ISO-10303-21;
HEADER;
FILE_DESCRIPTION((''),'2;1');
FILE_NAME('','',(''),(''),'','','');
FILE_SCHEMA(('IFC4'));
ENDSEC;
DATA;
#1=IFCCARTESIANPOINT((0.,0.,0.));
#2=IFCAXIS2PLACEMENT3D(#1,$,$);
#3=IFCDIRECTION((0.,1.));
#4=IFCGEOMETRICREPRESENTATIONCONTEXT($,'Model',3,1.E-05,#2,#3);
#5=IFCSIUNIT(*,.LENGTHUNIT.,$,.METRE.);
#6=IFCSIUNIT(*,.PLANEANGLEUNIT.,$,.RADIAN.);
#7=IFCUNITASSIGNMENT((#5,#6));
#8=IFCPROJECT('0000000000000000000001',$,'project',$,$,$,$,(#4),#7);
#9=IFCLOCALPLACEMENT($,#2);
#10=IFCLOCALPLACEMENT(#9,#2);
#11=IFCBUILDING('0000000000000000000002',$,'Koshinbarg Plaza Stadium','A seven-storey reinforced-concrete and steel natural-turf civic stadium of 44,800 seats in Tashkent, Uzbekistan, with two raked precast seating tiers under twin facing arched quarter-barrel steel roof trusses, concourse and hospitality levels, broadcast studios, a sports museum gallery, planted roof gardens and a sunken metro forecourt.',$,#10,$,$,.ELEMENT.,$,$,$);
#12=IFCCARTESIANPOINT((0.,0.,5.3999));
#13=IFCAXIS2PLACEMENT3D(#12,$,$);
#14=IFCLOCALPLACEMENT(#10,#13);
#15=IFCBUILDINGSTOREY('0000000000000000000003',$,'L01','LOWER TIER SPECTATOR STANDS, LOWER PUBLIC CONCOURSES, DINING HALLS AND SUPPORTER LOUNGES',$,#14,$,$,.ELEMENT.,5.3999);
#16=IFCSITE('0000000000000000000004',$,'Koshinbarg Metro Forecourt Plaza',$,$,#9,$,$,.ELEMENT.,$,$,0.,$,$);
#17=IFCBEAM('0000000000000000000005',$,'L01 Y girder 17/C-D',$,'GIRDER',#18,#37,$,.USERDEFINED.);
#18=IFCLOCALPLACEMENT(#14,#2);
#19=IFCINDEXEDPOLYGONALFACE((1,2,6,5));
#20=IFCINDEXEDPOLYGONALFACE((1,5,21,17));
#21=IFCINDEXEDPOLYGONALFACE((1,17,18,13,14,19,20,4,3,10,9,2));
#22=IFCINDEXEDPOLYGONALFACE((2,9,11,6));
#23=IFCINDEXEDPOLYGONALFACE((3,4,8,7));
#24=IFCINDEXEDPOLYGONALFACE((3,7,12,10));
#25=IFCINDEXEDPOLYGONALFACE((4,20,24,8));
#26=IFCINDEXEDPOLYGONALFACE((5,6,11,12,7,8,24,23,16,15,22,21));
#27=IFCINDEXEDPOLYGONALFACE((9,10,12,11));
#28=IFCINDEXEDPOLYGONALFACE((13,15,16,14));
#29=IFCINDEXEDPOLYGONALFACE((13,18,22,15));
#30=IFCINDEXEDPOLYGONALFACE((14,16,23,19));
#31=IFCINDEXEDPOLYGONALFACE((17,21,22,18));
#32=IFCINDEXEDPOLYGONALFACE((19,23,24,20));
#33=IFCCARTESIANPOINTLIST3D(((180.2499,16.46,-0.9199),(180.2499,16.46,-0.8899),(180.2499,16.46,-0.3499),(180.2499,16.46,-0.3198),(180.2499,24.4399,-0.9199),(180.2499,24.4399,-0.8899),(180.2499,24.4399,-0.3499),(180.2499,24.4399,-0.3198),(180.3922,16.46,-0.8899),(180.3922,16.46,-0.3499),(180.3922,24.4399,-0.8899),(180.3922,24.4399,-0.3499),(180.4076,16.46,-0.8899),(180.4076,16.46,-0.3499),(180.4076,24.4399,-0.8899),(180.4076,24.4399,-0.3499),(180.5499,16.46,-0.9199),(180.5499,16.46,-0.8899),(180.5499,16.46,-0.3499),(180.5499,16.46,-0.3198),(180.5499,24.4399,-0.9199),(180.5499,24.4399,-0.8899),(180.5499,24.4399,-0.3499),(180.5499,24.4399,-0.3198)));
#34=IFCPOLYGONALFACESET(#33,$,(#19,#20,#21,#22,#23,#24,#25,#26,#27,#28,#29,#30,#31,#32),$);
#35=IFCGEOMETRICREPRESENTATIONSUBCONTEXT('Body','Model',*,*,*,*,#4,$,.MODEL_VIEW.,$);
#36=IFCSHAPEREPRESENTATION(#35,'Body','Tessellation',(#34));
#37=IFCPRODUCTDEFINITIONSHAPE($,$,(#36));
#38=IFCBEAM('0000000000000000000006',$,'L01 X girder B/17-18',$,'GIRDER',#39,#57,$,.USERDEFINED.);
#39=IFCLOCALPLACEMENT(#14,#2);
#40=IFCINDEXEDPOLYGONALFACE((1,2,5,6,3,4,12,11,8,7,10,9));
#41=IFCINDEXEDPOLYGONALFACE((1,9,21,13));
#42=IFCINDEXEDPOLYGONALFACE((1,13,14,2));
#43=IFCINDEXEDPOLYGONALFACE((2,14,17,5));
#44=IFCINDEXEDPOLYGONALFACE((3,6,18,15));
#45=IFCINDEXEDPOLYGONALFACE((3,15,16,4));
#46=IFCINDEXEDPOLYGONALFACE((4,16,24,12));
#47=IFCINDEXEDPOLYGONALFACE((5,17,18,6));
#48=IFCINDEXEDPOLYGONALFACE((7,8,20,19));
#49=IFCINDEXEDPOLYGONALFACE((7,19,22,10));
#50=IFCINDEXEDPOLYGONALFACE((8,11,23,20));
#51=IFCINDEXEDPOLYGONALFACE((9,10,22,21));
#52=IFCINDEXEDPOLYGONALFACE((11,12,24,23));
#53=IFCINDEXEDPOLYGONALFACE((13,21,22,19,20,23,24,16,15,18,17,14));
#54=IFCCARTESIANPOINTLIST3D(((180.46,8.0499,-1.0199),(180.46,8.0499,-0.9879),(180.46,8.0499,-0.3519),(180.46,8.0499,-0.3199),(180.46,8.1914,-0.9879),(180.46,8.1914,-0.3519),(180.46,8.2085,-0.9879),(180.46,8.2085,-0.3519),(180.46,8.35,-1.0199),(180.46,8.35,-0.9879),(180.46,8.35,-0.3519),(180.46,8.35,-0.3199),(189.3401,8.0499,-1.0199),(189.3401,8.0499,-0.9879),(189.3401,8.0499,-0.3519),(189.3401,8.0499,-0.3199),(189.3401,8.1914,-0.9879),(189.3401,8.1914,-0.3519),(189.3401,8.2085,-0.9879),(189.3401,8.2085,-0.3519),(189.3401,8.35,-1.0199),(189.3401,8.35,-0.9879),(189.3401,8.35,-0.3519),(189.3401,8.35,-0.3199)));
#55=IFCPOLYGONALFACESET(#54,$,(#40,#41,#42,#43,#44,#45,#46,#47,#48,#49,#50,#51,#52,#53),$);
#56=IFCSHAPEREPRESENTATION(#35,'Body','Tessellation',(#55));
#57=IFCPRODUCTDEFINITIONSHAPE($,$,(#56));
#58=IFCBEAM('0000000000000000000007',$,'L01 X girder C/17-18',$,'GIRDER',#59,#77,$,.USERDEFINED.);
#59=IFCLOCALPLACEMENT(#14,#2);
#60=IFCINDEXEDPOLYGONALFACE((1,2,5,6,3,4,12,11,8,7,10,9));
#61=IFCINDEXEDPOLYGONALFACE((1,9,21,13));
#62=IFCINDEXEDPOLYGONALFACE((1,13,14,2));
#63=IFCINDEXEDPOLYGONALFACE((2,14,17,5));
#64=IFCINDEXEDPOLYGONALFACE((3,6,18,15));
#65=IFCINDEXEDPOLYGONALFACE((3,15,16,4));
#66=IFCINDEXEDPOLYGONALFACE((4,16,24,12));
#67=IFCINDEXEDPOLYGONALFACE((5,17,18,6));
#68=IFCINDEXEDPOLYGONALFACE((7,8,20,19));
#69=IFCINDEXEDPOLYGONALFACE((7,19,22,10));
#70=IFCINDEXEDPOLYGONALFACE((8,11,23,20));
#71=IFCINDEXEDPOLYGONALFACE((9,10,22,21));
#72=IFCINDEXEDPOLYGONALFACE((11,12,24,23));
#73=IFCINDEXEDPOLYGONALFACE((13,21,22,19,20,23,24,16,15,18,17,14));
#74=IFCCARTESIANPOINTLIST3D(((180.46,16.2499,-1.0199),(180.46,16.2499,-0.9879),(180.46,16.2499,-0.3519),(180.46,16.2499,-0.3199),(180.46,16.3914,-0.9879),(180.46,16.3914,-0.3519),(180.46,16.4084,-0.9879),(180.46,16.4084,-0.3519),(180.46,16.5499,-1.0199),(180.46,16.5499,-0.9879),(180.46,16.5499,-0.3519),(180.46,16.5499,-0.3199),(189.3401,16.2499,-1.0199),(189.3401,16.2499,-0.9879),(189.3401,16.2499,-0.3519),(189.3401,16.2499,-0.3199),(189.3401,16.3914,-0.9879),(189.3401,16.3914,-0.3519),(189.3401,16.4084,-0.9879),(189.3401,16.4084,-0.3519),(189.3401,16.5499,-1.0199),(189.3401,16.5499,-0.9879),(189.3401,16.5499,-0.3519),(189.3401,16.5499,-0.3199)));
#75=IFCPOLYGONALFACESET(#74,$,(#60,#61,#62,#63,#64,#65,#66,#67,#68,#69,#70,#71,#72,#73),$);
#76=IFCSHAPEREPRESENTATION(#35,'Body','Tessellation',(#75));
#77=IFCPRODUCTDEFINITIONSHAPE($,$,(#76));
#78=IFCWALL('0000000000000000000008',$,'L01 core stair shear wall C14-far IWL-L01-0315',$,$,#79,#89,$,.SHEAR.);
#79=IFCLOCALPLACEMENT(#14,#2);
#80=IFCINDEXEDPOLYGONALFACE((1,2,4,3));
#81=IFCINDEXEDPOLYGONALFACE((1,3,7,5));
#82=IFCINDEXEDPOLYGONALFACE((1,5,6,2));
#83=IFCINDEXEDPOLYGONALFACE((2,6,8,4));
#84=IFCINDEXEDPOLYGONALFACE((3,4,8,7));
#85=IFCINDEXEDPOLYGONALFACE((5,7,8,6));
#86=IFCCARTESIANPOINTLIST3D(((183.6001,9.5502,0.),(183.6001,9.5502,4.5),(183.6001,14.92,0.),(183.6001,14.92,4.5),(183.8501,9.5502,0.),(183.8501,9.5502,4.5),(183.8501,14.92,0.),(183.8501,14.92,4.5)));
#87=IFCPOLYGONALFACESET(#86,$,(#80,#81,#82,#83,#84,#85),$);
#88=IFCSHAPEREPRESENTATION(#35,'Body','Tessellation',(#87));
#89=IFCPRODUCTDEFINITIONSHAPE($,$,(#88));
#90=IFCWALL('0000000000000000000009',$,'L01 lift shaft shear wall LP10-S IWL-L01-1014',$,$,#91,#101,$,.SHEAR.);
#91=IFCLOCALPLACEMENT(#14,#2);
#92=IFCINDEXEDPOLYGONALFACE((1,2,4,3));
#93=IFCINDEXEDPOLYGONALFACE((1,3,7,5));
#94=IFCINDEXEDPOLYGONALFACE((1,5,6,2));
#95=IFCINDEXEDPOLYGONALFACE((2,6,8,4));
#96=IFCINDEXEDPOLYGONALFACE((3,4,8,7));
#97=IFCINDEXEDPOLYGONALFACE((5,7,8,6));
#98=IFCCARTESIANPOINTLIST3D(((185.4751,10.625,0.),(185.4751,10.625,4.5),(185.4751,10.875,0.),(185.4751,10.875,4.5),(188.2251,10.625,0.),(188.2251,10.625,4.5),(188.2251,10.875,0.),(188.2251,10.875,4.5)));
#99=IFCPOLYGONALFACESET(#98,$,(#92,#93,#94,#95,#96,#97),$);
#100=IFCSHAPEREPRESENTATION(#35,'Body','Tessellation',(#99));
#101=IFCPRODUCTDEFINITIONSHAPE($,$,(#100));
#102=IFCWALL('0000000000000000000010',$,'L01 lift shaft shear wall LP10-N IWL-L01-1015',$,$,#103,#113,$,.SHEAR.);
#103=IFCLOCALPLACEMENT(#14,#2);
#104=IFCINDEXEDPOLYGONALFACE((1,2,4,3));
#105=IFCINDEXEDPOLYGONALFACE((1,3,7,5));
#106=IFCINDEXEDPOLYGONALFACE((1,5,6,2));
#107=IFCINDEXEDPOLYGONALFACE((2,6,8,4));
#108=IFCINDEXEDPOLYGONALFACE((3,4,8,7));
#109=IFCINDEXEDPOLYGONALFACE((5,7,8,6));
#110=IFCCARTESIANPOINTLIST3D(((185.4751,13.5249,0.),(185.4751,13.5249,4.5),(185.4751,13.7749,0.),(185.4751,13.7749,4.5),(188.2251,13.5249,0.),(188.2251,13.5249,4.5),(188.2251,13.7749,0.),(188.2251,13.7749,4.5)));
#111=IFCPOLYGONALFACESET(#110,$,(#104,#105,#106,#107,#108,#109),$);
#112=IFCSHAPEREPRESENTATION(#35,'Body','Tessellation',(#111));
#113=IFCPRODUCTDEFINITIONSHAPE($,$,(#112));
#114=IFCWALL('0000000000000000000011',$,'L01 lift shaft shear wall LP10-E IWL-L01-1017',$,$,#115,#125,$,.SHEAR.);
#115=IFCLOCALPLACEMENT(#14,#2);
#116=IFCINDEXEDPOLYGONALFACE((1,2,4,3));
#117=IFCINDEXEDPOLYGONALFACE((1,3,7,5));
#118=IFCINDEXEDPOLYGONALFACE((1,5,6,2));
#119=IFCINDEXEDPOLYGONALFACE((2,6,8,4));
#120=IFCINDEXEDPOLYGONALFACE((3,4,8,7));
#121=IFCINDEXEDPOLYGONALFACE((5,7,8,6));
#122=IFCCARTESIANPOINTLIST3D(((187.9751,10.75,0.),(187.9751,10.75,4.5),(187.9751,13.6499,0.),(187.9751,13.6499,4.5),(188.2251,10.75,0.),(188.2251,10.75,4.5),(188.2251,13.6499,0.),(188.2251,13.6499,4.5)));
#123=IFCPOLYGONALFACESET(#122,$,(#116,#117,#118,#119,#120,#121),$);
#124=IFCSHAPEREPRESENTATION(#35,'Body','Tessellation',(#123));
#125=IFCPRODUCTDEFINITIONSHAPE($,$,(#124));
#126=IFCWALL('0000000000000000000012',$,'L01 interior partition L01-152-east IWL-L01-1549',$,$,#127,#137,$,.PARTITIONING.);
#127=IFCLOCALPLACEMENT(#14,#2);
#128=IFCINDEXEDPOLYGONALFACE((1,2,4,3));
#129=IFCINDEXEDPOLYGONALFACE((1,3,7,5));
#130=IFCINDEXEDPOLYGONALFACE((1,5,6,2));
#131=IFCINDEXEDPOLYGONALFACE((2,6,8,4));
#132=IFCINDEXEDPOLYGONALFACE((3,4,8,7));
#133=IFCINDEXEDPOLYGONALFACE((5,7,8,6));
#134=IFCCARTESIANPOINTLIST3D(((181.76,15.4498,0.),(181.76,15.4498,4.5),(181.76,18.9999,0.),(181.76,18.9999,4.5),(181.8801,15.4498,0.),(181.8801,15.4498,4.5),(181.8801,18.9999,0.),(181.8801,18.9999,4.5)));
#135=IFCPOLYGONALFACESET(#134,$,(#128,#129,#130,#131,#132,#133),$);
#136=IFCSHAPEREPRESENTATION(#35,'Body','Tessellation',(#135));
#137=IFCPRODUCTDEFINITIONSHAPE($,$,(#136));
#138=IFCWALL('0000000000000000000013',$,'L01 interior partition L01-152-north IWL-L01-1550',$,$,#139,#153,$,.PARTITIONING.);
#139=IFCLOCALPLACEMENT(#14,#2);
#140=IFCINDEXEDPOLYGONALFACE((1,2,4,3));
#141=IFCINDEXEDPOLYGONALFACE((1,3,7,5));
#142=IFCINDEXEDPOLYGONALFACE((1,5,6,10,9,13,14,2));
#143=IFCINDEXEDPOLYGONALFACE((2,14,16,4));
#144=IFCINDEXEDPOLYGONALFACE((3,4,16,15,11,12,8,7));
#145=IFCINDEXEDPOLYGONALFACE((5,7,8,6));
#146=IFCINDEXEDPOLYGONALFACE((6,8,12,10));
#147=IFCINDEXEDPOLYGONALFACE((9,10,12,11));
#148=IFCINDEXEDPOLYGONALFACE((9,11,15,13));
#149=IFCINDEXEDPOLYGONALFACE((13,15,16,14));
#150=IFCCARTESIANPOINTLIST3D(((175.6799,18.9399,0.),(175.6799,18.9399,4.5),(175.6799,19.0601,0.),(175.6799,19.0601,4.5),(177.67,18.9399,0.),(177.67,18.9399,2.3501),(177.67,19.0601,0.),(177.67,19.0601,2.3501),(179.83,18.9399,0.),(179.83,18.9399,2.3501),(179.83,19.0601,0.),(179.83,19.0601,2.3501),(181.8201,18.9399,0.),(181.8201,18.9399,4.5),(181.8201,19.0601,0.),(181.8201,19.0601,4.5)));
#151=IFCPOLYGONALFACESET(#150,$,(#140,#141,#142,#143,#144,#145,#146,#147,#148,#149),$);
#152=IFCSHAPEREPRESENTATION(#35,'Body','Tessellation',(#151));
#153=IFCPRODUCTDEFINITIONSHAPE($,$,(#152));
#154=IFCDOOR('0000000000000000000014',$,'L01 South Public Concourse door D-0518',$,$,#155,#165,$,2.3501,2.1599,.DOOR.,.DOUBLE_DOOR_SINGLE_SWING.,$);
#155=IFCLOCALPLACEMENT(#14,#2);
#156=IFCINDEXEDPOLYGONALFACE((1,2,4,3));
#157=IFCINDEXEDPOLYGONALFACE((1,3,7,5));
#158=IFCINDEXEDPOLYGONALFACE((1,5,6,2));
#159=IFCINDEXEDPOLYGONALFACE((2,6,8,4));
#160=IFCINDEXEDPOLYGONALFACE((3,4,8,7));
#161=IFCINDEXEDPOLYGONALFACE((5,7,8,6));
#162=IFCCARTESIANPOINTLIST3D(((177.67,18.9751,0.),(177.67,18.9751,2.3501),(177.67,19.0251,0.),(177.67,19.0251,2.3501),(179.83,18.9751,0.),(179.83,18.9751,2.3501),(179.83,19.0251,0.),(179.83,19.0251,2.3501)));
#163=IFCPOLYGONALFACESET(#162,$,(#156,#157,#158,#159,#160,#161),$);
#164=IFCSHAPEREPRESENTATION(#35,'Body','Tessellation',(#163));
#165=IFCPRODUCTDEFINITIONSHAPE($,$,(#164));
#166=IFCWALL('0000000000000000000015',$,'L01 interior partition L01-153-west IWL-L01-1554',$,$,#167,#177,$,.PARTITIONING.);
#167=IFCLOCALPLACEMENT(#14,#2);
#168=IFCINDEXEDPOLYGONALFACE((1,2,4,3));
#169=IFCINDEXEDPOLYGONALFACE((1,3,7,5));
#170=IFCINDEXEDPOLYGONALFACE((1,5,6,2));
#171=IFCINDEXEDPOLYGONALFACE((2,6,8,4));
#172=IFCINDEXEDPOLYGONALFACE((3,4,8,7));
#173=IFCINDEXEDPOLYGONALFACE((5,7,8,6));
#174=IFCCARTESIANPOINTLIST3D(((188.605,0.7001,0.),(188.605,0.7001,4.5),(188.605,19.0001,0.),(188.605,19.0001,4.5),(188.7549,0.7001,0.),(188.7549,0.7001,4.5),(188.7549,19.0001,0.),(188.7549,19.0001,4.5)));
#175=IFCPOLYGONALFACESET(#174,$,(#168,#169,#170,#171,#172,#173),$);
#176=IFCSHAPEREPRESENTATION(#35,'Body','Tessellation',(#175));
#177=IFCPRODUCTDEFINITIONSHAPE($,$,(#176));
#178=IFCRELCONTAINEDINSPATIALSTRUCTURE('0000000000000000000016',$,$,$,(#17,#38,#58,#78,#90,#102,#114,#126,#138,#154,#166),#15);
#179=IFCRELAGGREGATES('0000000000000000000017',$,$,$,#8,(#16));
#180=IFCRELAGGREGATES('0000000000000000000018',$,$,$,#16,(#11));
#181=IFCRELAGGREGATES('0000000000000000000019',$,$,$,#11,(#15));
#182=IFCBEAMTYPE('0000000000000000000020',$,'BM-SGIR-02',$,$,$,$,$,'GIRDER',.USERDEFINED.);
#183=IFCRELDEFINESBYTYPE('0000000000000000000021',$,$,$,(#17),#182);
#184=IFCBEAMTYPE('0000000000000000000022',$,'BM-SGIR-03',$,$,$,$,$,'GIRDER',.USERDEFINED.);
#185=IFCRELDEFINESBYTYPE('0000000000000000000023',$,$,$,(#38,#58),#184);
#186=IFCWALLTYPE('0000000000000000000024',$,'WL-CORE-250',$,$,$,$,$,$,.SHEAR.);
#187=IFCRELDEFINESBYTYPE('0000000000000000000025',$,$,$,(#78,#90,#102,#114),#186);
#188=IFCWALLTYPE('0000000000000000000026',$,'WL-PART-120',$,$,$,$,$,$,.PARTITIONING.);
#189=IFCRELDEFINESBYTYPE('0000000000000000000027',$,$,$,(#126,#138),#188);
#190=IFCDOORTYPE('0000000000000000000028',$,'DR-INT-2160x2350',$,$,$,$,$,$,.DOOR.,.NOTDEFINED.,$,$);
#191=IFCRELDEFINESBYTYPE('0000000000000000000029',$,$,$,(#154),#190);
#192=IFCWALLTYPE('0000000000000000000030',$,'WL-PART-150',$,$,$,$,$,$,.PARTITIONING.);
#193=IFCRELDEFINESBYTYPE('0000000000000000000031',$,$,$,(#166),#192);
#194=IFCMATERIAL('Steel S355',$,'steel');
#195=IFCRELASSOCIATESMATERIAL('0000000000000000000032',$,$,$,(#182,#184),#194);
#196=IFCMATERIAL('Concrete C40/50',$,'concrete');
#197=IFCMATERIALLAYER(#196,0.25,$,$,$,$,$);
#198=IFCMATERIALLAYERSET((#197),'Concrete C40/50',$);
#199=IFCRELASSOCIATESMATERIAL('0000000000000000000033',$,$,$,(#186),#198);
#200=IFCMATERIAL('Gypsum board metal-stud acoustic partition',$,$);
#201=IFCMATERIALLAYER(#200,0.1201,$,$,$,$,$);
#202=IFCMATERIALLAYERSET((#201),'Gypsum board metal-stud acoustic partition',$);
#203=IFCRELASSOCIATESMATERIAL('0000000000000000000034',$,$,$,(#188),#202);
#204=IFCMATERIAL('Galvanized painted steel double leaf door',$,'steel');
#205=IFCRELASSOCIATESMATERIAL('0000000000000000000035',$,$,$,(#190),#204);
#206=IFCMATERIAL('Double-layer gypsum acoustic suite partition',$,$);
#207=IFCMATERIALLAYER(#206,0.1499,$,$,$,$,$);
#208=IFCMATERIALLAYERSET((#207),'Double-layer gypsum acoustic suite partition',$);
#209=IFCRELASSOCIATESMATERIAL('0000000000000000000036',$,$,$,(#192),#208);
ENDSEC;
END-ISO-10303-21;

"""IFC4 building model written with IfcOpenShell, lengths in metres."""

from ifc_helpers import new_model, si_unit, direction, frame, frame_2d, origin, origin_2d, place, context, subcontext, project, spatial, rectangle, i_section, extrude, material, layer, layer_set, material_profile, profile_set, type_object, element, fill, save


model = new_model("IFC4")

# Units and contexts
model_context = context("Model", 3, precision=1e-05, world=origin(), true_north=direction((0.0, 1.0)))
body_context = subcontext(model_context, "Body", "Model", "MODEL_VIEW")
ifc_project = project(units=[si_unit("LENGTHUNIT", "METRE"), si_unit("PLANEANGLEUNIT", "RADIAN")], contexts=[model_context])

# Site, building, storey
site_placement = place(None, origin())
site = spatial("IfcSite", under=ifc_project, at=site_placement, Name="Koshinbarg Metro Forecourt Plaza", CompositionType="ELEMENT", RefElevation=0.0)
building_placement = place(site_placement, origin())
building = spatial("IfcBuilding", under=site, at=building_placement, Name="Koshinbarg Plaza Stadium", Description="A seven-storey reinforced-concrete and steel natural-turf civic stadium of 44,800 seats in Tashkent, Uzbekistan, with two raked precast seating tiers under twin facing arched quarter-barrel steel roof trusses, concourse and hospitality levels, broadcast studios, a sports museum gallery, planted roof gardens and a sunken metro forecourt.", CompositionType="ELEMENT")
storey_placement = place(building_placement, frame((0.0, 0.0, 5.3999)))
storey = spatial("IfcBuildingStorey", under=building, at=storey_placement, Name="L01", Description="LOWER TIER SPECTATOR STANDS, LOWER PUBLIC CONCOURSES, DINING HALLS AND SUPPORTER LOUNGES", CompositionType="ELEMENT", Elevation=5.3999)

# Shared definitions
ifc_material_1 = material(Name="Concrete C40/50", Category="concrete")

# Beams
ifc_material_2 = material(Name="Steel S355", Category="steel")
ifc_material_profile_1 = material_profile(ifc_material_2, i_section(OverallWidth=0.3, OverallDepth=0.6001, WebThickness=0.0154, FlangeThickness=0.03, at=origin_2d()), Name="HEB 600")
ifc_profile_set_1 = profile_set([ifc_material_profile_1], Name="Steel S355")
beam_type_1 = type_object("IfcBeamType", Name="BM-SGIR-02", ElementType="GIRDER", PredefinedType="USERDEFINED", material=ifc_profile_set_1)
beam_1_placement = place(storey_placement, frame((180.3999, 16.46, -0.6199), z_axis=(0.0, 1.0, 0.0), x_axis=(-1.0, 0.0, 0.0)))
element("IfcBeam", 1, at=beam_1_placement, inside=storey, type_object=beam_type_1, Name="L01 Y girder 17/C-D", ObjectType="GIRDER", PredefinedType="USERDEFINED", context=body_context, shape_type="SweptSolid", body=[
    extrude(i_section(OverallWidth=0.3, OverallDepth=0.6001, WebThickness=0.0154, FlangeThickness=0.03, at=origin_2d()), origin(), (0.0, 0.0, 1.0), 7.98),
])
ifc_material_profile_2 = material_profile(ifc_material_2, i_section(OverallWidth=0.3, OverallDepth=0.7, WebThickness=0.0171, FlangeThickness=0.032, at=origin_2d()), Name="HEB 700")
ifc_profile_set_2 = profile_set([ifc_material_profile_2], Name="Steel S355")
beam_type_2 = type_object("IfcBeamType", Name="BM-SGIR-03", ElementType="GIRDER", PredefinedType="USERDEFINED", material=ifc_profile_set_2)
for number, where, z_axis, x_axis, name in (
    (2, (180.46, 8.2, -0.6699), (1.0, 0.0, 0.0), (0.0, 1.0, 0.0), "L01 X girder B/17-18"),
    (3, (180.46, 16.3999, -0.6699), (1.0, 0.0, 0.0), (0.0, 1.0, 0.0), "L01 X girder C/17-18"),
):
    element("IfcBeam", number, at=place(storey_placement, frame(where, z_axis=z_axis, x_axis=x_axis)), inside=storey, type_object=beam_type_2, Name=name, ObjectType="GIRDER", PredefinedType="USERDEFINED", context=body_context, shape_type="SweptSolid", body=[
        extrude(i_section(OverallWidth=0.3, OverallDepth=0.7, WebThickness=0.0171, FlangeThickness=0.032, at=origin_2d()), origin(), (0.0, 0.0, 1.0), 8.8801),
    ])

# Walls
ifc_layer_1 = layer(ifc_material_1, 0.25)
ifc_layer_set_1 = layer_set([ifc_layer_1], Name="Concrete C40/50")
wall_type_1 = type_object("IfcWallType", Name="WL-CORE-250", PredefinedType="SHEAR", material=ifc_layer_set_1)
wall_1_placement = place(storey_placement, frame((183.7251, 9.55, 0.0), z_axis=(0.0, 0.0, 1.0), x_axis=(0.0, 1.0, 0.0)))
element("IfcWall", 4, at=wall_1_placement, inside=storey, type_object=wall_type_1, Name="L01 core stair shear wall C14-far IWL-L01-0315", PredefinedType="SHEAR", context=body_context, shape_type="SweptSolid", body=[
    extrude(rectangle(XDim=5.3699, YDim=0.25, at=frame_2d((2.6851, 0.0))), origin(), (0.0, 0.0, 1.0), 4.5),
])
for number, where, z_axis, x_axis, name in (
    (5, (185.4751, 10.75, 0.0), (0.0, 0.0, 1.0), (1.0, 0.0, 0.0), "L01 lift shaft shear wall LP10-S IWL-L01-1014"),
    (6, (188.2251, 13.6499, 0.0), (0.0, 0.0, 1.0), (-1.0, 0.0, 0.0), "L01 lift shaft shear wall LP10-N IWL-L01-1015"),
):
    element("IfcWall", number, at=place(storey_placement, frame(where, z_axis=z_axis, x_axis=x_axis)), inside=storey, type_object=wall_type_1, Name=name, PredefinedType="SHEAR", context=body_context, shape_type="SweptSolid", body=[
        extrude(rectangle(XDim=2.75, YDim=0.25, at=frame_2d((1.375, 0.0))), origin(), (0.0, 0.0, 1.0), 4.5),
    ])

# Walls
wall_2_placement = place(storey_placement, frame((188.1001, 10.75, 0.0), z_axis=(0.0, 0.0, 1.0), x_axis=(0.0, 1.0, 0.0)))
element("IfcWall", 7, at=wall_2_placement, inside=storey, type_object=wall_type_1, Name="L01 lift shaft shear wall LP10-E IWL-L01-1017", PredefinedType="SHEAR", context=body_context, shape_type="SweptSolid", body=[
    extrude(rectangle(XDim=2.8999, YDim=0.25, at=frame_2d((1.45, 0.0))), origin(), (0.0, 0.0, 1.0), 4.5),
])
ifc_material_3 = material(Name="Gypsum board metal-stud acoustic partition")
ifc_layer_2 = layer(ifc_material_3, 0.1201)
ifc_layer_set_2 = layer_set([ifc_layer_2], Name="Gypsum board metal-stud acoustic partition")
wall_type_2 = type_object("IfcWallType", Name="WL-PART-120", PredefinedType="PARTITIONING", material=ifc_layer_set_2)
wall_3_placement = place(storey_placement, frame((181.8201, 15.45, 0.0), z_axis=(0.0, 0.0, 1.0), x_axis=(0.0, 1.0, 0.0)))
element("IfcWall", 8, at=wall_3_placement, inside=storey, type_object=wall_type_2, Name="L01 interior partition L01-152-east IWL-L01-1549", PredefinedType="PARTITIONING", context=body_context, shape_type="SweptSolid", body=[
    extrude(rectangle(XDim=3.55, YDim=0.1201, at=frame_2d((1.7749, 0.0))), origin(), (0.0, 0.0, 1.0), 4.5),
])

# Wall, opening, door
wall_4_placement = place(storey_placement, frame((181.8201, 19.0, 0.0), z_axis=(0.0, 0.0, 1.0), x_axis=(-1.0, 0.0, 0.0)))
wall_4 = element("IfcWall", 9, at=wall_4_placement, inside=storey, type_object=wall_type_2, Name="L01 interior partition L01-152-north IWL-L01-1550", PredefinedType="PARTITIONING", context=body_context, shape_type="SweptSolid", body=[
    extrude(rectangle(XDim=6.1401, YDim=0.1201, at=frame_2d((3.0701, 0.0))), origin(), (0.0, 0.0, 1.0), 4.5),
])
opening_1_placement = place(wall_4_placement, frame((1.99, 0.0, 0.0)))
opening_1 = element("IfcOpeningElement", 10, at=opening_1_placement, cuts=wall_4, PredefinedType="OPENING", context=body_context, shape_type="SweptSolid", body=[
    extrude(rectangle(XDim=2.1599, YDim=2.3501, at=frame_2d((1.0801, 1.175))), frame((0.0, 0.0701, 0.0), z_axis=(0.0, -1.0, 0.0), x_axis=(1.0, 0.0, 0.0)), (0.0, 0.0, 1.0), 0.1401),
])
ifc_material_4 = material(Name="Galvanized painted steel double leaf door", Category="steel")
door_type_1 = type_object("IfcDoorType", Name="DR-INT-2160x2350", OperationType="NOTDEFINED", PredefinedType="DOOR", material=ifc_material_4)
door_1_placement = place(opening_1_placement, origin())
door_1 = element("IfcDoor", 11, at=door_1_placement, inside=storey, type_object=door_type_1, Name="L01 South Public Concourse door D-0518", OperationType="DOUBLE_DOOR_SINGLE_SWING", OverallHeight=2.3501, OverallWidth=2.1599, PredefinedType="DOOR", context=body_context, shape_type="SweptSolid", body=[
    extrude(rectangle(XDim=2.1599, YDim=2.3501, at=frame_2d((1.0801, 1.175))), frame((0.0, 0.0249, 0.0), z_axis=(0.0, -1.0, 0.0), x_axis=(1.0, 0.0, 0.0)), (0.0, 0.0, 1.0), 0.05),
])
fill(opening_1, door_1)

# Wall
ifc_material_5 = material(Name="Double-layer gypsum acoustic suite partition")
ifc_layer_3 = layer(ifc_material_5, 0.1499)
ifc_layer_set_3 = layer_set([ifc_layer_3], Name="Double-layer gypsum acoustic suite partition")
wall_type_3 = type_object("IfcWallType", Name="WL-PART-150", PredefinedType="PARTITIONING", material=ifc_layer_set_3)
wall_5_placement = place(storey_placement, frame((188.6799, 19.0, 0.0), z_axis=(0.0, 0.0, 1.0), x_axis=(0.0, -1.0, 0.0)))
element("IfcWall", 12, at=wall_5_placement, inside=storey, type_object=wall_type_3, Name="L01 interior partition L01-153-west IWL-L01-1554", PredefinedType="PARTITIONING", context=body_context, shape_type="SweptSolid", body=[
    extrude(rectangle(XDim=18.3, YDim=0.1499, at=frame_2d((9.1499, 0.0))), origin(), (0.0, 0.0, 1.0), 4.5),
])

save(model, "model.ifc")
